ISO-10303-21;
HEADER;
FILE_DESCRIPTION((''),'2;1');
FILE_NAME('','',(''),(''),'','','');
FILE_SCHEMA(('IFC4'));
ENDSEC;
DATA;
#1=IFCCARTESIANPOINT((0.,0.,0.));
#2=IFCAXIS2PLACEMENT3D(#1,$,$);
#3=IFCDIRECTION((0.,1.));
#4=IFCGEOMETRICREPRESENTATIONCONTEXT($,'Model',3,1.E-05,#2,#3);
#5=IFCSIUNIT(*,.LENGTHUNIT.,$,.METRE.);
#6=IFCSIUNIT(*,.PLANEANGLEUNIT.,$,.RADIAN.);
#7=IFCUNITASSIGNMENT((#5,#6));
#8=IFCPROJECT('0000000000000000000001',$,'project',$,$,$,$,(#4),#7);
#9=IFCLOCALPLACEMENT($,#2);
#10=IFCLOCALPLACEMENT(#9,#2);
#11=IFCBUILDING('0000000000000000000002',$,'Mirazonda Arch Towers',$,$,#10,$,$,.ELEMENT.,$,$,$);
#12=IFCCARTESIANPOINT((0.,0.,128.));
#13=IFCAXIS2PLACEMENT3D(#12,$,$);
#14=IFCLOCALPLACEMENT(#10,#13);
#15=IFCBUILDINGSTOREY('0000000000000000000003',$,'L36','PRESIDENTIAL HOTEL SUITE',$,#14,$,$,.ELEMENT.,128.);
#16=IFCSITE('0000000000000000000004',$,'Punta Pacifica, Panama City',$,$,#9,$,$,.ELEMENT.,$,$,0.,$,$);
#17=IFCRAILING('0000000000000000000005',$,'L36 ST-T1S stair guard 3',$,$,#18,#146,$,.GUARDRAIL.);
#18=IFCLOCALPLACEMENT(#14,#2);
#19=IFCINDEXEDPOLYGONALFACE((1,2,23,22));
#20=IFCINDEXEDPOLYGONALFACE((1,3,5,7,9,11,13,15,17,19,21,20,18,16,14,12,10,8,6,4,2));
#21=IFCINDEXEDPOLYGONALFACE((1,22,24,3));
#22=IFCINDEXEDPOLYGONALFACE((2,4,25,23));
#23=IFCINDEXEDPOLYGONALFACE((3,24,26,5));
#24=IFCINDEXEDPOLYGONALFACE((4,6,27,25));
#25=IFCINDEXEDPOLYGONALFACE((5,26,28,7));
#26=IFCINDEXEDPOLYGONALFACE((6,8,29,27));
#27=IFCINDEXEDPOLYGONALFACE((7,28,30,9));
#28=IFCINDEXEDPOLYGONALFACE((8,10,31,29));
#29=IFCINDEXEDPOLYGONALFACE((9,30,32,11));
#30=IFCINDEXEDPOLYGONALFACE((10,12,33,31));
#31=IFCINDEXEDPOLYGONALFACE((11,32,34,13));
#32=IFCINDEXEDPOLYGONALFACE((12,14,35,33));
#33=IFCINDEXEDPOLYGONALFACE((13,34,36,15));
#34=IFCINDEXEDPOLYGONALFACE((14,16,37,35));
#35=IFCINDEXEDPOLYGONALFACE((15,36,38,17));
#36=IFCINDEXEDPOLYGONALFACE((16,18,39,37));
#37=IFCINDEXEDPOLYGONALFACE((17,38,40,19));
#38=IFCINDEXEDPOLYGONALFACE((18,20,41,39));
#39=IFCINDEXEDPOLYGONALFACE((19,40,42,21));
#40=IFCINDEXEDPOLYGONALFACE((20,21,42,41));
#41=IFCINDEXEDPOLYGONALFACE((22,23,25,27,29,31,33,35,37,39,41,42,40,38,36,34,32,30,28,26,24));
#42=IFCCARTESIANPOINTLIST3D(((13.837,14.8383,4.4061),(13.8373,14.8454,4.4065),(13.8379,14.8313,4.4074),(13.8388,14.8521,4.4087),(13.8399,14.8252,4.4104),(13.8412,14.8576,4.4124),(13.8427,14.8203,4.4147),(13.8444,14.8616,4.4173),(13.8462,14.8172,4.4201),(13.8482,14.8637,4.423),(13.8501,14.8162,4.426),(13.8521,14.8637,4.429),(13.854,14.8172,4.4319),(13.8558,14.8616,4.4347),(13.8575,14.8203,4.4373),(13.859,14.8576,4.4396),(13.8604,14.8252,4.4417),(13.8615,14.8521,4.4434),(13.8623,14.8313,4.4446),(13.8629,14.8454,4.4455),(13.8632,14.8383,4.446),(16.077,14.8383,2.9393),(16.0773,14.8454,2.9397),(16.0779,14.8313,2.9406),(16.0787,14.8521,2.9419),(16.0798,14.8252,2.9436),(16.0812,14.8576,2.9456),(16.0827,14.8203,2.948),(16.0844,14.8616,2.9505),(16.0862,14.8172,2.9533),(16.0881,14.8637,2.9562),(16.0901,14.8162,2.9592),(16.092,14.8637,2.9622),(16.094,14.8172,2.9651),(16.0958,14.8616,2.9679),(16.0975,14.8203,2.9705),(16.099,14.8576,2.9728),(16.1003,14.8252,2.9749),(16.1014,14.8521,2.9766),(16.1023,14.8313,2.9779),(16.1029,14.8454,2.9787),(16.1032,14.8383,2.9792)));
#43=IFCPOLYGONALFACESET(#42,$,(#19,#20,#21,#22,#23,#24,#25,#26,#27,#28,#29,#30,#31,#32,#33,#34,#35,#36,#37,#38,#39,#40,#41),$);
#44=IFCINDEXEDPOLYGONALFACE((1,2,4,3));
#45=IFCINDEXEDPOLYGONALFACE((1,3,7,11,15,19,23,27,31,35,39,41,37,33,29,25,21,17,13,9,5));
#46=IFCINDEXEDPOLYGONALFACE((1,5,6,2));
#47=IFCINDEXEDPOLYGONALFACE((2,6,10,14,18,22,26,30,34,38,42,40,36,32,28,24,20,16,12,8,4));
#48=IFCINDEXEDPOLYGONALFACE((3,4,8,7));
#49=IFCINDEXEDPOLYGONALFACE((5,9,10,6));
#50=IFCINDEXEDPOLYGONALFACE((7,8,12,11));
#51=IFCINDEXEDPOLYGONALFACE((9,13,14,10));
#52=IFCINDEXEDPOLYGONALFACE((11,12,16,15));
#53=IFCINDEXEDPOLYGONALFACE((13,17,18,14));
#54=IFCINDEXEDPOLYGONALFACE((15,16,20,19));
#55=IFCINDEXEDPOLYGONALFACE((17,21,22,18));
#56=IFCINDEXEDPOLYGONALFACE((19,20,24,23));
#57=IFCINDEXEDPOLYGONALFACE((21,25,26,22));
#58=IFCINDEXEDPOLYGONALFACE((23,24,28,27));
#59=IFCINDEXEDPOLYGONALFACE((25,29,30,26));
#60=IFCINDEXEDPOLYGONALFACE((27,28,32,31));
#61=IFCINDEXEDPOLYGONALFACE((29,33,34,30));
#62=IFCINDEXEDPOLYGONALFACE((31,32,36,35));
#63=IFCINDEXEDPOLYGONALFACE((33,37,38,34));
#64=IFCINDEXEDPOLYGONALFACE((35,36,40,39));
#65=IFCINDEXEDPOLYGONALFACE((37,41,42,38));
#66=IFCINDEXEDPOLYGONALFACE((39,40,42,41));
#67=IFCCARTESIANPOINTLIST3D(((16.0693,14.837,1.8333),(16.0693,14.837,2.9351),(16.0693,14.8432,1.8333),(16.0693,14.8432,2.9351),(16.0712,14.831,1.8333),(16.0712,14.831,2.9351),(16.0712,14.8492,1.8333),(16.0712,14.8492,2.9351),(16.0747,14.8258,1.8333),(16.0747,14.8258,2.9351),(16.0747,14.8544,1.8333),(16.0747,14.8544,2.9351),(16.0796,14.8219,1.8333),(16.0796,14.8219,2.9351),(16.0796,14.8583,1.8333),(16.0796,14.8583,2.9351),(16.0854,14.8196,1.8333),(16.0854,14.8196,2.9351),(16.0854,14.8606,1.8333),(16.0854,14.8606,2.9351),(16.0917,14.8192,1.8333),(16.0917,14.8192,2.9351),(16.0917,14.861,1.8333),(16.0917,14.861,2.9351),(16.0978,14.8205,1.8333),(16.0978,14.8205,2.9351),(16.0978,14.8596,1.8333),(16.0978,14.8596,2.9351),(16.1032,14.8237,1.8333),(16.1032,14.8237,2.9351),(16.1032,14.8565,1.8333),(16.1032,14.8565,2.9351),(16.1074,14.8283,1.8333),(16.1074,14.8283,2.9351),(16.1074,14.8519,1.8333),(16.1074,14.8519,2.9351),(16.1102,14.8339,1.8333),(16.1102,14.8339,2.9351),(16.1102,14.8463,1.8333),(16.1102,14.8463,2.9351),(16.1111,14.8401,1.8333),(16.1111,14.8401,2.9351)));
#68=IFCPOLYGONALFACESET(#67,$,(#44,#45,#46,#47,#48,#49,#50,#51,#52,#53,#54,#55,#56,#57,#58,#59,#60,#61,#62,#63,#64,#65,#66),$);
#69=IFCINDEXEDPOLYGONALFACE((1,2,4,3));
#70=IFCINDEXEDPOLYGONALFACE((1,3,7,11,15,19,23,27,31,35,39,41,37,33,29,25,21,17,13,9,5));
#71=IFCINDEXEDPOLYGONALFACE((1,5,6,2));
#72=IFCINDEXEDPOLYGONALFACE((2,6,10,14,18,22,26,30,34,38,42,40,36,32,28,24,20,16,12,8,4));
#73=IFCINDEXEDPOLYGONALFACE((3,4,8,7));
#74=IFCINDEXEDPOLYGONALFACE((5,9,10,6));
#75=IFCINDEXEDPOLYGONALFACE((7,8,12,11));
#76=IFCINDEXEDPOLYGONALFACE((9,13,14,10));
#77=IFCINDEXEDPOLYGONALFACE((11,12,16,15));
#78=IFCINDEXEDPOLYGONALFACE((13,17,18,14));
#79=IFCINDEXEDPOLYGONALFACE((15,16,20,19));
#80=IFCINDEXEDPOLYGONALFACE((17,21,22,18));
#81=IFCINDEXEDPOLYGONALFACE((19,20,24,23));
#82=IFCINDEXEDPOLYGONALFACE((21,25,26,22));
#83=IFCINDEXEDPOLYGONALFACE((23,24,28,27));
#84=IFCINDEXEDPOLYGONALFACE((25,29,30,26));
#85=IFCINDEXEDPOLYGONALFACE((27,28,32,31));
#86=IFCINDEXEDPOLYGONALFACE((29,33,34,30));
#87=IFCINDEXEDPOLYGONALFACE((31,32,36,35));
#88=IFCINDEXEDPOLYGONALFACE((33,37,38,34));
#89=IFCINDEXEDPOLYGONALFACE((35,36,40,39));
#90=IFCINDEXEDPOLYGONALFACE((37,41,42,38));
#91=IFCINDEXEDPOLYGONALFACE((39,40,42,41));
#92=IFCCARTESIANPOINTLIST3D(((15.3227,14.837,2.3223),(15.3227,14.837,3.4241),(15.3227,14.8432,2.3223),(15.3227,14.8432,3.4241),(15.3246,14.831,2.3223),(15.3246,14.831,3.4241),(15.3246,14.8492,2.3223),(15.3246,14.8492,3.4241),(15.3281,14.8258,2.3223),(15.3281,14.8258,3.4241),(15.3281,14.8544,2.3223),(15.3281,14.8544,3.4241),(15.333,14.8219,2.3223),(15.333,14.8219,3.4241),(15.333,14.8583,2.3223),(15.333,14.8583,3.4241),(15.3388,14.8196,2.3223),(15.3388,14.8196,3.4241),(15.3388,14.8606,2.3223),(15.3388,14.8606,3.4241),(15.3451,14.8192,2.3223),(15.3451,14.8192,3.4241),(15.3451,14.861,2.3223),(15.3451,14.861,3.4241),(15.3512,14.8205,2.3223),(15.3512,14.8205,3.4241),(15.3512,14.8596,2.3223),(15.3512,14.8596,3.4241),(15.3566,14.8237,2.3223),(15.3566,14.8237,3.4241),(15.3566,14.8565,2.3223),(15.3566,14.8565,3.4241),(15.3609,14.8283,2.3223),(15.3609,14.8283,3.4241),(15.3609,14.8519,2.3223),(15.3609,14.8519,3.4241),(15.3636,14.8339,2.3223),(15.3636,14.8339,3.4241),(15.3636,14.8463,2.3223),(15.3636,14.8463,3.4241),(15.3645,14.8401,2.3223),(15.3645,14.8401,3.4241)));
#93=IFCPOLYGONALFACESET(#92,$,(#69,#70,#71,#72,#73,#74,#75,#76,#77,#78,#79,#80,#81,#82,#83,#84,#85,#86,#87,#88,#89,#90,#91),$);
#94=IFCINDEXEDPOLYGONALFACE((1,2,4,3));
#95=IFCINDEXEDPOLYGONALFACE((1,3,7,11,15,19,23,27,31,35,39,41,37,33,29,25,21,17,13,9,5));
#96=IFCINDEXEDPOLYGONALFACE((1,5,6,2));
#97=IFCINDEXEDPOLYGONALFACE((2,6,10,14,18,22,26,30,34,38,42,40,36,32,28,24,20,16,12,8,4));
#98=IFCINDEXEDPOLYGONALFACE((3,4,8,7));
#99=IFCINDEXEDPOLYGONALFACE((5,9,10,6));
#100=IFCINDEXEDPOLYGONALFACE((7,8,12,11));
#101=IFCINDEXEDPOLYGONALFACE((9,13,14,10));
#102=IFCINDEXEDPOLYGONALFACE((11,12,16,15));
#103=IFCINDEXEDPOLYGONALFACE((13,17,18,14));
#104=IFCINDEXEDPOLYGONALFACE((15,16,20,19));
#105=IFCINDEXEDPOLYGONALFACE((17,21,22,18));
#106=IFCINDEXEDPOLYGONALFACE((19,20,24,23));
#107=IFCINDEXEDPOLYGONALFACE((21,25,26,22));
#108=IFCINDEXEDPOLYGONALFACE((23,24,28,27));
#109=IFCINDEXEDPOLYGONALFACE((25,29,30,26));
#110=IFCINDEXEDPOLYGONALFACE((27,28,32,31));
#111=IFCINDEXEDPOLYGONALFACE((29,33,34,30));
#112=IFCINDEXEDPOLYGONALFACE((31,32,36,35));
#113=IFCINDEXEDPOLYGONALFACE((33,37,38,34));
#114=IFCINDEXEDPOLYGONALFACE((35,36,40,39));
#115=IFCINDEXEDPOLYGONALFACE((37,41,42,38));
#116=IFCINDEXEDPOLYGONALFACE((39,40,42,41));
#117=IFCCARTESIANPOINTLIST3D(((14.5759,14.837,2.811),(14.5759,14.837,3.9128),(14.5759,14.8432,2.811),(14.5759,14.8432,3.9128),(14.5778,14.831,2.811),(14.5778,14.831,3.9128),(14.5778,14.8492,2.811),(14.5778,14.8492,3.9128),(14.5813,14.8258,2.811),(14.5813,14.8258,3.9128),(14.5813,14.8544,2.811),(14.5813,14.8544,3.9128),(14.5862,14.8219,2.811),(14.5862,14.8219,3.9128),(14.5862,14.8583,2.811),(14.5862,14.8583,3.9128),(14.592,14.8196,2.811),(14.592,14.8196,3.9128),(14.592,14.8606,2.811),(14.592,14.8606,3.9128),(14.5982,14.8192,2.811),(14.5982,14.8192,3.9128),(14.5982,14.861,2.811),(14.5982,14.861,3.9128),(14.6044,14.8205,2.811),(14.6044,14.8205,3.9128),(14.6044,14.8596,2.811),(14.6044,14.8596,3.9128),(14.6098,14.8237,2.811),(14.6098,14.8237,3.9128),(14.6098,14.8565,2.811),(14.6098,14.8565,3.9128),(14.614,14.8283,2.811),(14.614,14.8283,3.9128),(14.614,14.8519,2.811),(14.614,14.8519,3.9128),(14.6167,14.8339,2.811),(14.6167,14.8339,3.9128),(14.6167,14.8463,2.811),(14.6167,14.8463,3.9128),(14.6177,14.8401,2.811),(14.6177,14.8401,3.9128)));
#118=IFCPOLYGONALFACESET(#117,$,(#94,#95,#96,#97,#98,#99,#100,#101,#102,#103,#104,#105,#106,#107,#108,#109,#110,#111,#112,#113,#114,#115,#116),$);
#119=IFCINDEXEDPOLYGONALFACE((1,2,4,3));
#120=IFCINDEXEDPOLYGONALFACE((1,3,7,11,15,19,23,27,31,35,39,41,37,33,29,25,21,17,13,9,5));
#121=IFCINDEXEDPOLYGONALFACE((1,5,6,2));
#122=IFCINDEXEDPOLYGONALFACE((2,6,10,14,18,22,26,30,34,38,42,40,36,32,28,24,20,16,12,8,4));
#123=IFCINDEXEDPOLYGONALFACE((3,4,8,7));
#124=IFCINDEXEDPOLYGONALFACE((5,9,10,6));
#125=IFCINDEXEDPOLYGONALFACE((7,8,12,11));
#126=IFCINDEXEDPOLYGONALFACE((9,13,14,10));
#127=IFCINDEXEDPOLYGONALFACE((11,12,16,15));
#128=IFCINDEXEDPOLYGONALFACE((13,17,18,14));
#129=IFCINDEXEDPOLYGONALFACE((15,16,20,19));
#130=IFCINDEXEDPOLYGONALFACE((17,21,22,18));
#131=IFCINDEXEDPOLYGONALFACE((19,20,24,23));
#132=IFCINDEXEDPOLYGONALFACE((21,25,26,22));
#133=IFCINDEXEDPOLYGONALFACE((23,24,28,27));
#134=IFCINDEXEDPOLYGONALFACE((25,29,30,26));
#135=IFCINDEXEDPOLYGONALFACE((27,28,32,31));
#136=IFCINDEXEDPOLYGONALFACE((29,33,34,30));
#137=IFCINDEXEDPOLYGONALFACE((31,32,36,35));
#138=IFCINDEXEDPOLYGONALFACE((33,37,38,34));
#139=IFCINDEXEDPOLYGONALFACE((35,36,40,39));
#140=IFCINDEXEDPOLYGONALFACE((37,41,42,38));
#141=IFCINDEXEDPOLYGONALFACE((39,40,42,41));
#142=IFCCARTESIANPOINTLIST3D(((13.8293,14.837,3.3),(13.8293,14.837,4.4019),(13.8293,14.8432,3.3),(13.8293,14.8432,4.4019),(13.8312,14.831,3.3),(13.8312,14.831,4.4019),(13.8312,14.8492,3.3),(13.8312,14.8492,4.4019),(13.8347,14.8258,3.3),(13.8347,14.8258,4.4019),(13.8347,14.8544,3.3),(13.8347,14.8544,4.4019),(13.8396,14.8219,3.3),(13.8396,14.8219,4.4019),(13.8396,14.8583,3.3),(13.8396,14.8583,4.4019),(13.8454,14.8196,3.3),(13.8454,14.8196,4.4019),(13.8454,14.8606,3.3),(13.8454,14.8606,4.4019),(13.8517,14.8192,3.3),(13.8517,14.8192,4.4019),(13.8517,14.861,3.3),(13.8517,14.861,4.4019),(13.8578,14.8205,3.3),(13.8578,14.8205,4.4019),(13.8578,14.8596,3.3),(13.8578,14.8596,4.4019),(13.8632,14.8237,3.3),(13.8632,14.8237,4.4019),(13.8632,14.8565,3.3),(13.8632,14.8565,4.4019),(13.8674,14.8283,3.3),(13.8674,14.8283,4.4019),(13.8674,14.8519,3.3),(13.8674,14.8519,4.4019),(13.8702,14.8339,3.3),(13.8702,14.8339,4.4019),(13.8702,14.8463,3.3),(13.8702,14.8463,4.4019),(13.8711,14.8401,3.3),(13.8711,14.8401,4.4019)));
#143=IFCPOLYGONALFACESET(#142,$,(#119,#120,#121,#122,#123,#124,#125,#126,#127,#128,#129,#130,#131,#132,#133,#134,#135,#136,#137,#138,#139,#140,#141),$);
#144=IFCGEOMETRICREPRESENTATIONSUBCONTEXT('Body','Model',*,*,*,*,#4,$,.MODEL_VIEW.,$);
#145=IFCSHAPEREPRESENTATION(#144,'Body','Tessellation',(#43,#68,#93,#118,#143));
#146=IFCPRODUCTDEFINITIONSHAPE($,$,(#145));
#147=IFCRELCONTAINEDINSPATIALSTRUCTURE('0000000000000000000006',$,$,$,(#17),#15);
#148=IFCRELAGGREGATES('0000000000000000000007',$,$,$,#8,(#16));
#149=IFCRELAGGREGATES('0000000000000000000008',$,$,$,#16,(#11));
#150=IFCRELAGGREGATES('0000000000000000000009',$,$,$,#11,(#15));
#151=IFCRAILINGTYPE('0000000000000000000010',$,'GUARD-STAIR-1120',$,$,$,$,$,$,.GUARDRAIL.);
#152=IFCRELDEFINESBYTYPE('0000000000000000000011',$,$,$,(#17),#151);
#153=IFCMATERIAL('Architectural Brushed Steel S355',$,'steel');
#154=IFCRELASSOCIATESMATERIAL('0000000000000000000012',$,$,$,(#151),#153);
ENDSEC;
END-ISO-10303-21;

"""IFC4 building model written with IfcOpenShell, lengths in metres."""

from ifc_helpers import new_model, si_unit, direction, frame, origin, origin_2d, place, context, subcontext, project, spatial, circle, extrude, material, type_object, element, save


model = new_model("IFC4")

# Units and contexts
model_context = context("Model", 3, precision=1e-05, world=origin(), true_north=direction((0.0, 1.0)))
body_context = subcontext(model_context, "Body", "Model", "MODEL_VIEW")
ifc_project = project(units=[si_unit("LENGTHUNIT", "METRE"), si_unit("PLANEANGLEUNIT", "RADIAN")], contexts=[model_context])

# Site, building, storey
site_placement = place(None, origin())
site = spatial("IfcSite", under=ifc_project, at=site_placement, Name="Punta Pacifica, Panama City", CompositionType="ELEMENT", RefElevation=0.0)
building_placement = place(site_placement, origin())
building = spatial("IfcBuilding", under=site, at=building_placement, Name="Mirazonda Arch Towers", CompositionType="ELEMENT")
storey_placement = place(building_placement, frame((0.0, 0.0, 128.0)))
storey = spatial("IfcBuildingStorey", under=building, at=storey_placement, Name="L36", Description="PRESIDENTIAL HOTEL SUITE", CompositionType="ELEMENT", Elevation=128.0)

# Shared definitions
ifc_material_1 = material(Name="Architectural Brushed Steel S355", Category="steel")

# Railing
railing_type_1 = type_object("IfcRailingType", Name="GUARD-STAIR-1120", PredefinedType="GUARDRAIL", material=ifc_material_1)
railing_1_placement = place(storey_placement, frame((16.0901, 14.8401, 1.8333)))
element("IfcRailing", 1, at=railing_1_placement, inside=storey, type_object=railing_type_1, Name="L36 ST-T1S stair guard 3", PredefinedType="GUARDRAIL", context=body_context, shape_type="SweptSolid", body=[
    extrude(circle(Radius=0.0239, at=origin_2d()), frame((0.0, 0.0, 1.126), z_axis=(-0.836595, 0.0, 0.547822), x_axis=(0.0, -1.0, 0.0)), (0.0, 0.0, 1.0), 2.6775),
    extrude(circle(Radius=0.021, at=origin_2d()), origin(), (0.0, 0.0, 1.0), 1.1018),
    extrude(circle(Radius=0.021, at=origin_2d()), frame((-0.7466, 0.0, 0.489)), (0.0, 0.0, 1.0), 1.1018),
    extrude(circle(Radius=0.021, at=origin_2d()), frame((-1.4934, 0.0, 0.9778)), (0.0, 0.0, 1.0), 1.1018),
    extrude(circle(Radius=0.021, at=origin_2d()), frame((-2.24, 0.0, 1.4668)), (0.0, 0.0, 1.0), 1.1018),
])

save(model, "model.ifc")
